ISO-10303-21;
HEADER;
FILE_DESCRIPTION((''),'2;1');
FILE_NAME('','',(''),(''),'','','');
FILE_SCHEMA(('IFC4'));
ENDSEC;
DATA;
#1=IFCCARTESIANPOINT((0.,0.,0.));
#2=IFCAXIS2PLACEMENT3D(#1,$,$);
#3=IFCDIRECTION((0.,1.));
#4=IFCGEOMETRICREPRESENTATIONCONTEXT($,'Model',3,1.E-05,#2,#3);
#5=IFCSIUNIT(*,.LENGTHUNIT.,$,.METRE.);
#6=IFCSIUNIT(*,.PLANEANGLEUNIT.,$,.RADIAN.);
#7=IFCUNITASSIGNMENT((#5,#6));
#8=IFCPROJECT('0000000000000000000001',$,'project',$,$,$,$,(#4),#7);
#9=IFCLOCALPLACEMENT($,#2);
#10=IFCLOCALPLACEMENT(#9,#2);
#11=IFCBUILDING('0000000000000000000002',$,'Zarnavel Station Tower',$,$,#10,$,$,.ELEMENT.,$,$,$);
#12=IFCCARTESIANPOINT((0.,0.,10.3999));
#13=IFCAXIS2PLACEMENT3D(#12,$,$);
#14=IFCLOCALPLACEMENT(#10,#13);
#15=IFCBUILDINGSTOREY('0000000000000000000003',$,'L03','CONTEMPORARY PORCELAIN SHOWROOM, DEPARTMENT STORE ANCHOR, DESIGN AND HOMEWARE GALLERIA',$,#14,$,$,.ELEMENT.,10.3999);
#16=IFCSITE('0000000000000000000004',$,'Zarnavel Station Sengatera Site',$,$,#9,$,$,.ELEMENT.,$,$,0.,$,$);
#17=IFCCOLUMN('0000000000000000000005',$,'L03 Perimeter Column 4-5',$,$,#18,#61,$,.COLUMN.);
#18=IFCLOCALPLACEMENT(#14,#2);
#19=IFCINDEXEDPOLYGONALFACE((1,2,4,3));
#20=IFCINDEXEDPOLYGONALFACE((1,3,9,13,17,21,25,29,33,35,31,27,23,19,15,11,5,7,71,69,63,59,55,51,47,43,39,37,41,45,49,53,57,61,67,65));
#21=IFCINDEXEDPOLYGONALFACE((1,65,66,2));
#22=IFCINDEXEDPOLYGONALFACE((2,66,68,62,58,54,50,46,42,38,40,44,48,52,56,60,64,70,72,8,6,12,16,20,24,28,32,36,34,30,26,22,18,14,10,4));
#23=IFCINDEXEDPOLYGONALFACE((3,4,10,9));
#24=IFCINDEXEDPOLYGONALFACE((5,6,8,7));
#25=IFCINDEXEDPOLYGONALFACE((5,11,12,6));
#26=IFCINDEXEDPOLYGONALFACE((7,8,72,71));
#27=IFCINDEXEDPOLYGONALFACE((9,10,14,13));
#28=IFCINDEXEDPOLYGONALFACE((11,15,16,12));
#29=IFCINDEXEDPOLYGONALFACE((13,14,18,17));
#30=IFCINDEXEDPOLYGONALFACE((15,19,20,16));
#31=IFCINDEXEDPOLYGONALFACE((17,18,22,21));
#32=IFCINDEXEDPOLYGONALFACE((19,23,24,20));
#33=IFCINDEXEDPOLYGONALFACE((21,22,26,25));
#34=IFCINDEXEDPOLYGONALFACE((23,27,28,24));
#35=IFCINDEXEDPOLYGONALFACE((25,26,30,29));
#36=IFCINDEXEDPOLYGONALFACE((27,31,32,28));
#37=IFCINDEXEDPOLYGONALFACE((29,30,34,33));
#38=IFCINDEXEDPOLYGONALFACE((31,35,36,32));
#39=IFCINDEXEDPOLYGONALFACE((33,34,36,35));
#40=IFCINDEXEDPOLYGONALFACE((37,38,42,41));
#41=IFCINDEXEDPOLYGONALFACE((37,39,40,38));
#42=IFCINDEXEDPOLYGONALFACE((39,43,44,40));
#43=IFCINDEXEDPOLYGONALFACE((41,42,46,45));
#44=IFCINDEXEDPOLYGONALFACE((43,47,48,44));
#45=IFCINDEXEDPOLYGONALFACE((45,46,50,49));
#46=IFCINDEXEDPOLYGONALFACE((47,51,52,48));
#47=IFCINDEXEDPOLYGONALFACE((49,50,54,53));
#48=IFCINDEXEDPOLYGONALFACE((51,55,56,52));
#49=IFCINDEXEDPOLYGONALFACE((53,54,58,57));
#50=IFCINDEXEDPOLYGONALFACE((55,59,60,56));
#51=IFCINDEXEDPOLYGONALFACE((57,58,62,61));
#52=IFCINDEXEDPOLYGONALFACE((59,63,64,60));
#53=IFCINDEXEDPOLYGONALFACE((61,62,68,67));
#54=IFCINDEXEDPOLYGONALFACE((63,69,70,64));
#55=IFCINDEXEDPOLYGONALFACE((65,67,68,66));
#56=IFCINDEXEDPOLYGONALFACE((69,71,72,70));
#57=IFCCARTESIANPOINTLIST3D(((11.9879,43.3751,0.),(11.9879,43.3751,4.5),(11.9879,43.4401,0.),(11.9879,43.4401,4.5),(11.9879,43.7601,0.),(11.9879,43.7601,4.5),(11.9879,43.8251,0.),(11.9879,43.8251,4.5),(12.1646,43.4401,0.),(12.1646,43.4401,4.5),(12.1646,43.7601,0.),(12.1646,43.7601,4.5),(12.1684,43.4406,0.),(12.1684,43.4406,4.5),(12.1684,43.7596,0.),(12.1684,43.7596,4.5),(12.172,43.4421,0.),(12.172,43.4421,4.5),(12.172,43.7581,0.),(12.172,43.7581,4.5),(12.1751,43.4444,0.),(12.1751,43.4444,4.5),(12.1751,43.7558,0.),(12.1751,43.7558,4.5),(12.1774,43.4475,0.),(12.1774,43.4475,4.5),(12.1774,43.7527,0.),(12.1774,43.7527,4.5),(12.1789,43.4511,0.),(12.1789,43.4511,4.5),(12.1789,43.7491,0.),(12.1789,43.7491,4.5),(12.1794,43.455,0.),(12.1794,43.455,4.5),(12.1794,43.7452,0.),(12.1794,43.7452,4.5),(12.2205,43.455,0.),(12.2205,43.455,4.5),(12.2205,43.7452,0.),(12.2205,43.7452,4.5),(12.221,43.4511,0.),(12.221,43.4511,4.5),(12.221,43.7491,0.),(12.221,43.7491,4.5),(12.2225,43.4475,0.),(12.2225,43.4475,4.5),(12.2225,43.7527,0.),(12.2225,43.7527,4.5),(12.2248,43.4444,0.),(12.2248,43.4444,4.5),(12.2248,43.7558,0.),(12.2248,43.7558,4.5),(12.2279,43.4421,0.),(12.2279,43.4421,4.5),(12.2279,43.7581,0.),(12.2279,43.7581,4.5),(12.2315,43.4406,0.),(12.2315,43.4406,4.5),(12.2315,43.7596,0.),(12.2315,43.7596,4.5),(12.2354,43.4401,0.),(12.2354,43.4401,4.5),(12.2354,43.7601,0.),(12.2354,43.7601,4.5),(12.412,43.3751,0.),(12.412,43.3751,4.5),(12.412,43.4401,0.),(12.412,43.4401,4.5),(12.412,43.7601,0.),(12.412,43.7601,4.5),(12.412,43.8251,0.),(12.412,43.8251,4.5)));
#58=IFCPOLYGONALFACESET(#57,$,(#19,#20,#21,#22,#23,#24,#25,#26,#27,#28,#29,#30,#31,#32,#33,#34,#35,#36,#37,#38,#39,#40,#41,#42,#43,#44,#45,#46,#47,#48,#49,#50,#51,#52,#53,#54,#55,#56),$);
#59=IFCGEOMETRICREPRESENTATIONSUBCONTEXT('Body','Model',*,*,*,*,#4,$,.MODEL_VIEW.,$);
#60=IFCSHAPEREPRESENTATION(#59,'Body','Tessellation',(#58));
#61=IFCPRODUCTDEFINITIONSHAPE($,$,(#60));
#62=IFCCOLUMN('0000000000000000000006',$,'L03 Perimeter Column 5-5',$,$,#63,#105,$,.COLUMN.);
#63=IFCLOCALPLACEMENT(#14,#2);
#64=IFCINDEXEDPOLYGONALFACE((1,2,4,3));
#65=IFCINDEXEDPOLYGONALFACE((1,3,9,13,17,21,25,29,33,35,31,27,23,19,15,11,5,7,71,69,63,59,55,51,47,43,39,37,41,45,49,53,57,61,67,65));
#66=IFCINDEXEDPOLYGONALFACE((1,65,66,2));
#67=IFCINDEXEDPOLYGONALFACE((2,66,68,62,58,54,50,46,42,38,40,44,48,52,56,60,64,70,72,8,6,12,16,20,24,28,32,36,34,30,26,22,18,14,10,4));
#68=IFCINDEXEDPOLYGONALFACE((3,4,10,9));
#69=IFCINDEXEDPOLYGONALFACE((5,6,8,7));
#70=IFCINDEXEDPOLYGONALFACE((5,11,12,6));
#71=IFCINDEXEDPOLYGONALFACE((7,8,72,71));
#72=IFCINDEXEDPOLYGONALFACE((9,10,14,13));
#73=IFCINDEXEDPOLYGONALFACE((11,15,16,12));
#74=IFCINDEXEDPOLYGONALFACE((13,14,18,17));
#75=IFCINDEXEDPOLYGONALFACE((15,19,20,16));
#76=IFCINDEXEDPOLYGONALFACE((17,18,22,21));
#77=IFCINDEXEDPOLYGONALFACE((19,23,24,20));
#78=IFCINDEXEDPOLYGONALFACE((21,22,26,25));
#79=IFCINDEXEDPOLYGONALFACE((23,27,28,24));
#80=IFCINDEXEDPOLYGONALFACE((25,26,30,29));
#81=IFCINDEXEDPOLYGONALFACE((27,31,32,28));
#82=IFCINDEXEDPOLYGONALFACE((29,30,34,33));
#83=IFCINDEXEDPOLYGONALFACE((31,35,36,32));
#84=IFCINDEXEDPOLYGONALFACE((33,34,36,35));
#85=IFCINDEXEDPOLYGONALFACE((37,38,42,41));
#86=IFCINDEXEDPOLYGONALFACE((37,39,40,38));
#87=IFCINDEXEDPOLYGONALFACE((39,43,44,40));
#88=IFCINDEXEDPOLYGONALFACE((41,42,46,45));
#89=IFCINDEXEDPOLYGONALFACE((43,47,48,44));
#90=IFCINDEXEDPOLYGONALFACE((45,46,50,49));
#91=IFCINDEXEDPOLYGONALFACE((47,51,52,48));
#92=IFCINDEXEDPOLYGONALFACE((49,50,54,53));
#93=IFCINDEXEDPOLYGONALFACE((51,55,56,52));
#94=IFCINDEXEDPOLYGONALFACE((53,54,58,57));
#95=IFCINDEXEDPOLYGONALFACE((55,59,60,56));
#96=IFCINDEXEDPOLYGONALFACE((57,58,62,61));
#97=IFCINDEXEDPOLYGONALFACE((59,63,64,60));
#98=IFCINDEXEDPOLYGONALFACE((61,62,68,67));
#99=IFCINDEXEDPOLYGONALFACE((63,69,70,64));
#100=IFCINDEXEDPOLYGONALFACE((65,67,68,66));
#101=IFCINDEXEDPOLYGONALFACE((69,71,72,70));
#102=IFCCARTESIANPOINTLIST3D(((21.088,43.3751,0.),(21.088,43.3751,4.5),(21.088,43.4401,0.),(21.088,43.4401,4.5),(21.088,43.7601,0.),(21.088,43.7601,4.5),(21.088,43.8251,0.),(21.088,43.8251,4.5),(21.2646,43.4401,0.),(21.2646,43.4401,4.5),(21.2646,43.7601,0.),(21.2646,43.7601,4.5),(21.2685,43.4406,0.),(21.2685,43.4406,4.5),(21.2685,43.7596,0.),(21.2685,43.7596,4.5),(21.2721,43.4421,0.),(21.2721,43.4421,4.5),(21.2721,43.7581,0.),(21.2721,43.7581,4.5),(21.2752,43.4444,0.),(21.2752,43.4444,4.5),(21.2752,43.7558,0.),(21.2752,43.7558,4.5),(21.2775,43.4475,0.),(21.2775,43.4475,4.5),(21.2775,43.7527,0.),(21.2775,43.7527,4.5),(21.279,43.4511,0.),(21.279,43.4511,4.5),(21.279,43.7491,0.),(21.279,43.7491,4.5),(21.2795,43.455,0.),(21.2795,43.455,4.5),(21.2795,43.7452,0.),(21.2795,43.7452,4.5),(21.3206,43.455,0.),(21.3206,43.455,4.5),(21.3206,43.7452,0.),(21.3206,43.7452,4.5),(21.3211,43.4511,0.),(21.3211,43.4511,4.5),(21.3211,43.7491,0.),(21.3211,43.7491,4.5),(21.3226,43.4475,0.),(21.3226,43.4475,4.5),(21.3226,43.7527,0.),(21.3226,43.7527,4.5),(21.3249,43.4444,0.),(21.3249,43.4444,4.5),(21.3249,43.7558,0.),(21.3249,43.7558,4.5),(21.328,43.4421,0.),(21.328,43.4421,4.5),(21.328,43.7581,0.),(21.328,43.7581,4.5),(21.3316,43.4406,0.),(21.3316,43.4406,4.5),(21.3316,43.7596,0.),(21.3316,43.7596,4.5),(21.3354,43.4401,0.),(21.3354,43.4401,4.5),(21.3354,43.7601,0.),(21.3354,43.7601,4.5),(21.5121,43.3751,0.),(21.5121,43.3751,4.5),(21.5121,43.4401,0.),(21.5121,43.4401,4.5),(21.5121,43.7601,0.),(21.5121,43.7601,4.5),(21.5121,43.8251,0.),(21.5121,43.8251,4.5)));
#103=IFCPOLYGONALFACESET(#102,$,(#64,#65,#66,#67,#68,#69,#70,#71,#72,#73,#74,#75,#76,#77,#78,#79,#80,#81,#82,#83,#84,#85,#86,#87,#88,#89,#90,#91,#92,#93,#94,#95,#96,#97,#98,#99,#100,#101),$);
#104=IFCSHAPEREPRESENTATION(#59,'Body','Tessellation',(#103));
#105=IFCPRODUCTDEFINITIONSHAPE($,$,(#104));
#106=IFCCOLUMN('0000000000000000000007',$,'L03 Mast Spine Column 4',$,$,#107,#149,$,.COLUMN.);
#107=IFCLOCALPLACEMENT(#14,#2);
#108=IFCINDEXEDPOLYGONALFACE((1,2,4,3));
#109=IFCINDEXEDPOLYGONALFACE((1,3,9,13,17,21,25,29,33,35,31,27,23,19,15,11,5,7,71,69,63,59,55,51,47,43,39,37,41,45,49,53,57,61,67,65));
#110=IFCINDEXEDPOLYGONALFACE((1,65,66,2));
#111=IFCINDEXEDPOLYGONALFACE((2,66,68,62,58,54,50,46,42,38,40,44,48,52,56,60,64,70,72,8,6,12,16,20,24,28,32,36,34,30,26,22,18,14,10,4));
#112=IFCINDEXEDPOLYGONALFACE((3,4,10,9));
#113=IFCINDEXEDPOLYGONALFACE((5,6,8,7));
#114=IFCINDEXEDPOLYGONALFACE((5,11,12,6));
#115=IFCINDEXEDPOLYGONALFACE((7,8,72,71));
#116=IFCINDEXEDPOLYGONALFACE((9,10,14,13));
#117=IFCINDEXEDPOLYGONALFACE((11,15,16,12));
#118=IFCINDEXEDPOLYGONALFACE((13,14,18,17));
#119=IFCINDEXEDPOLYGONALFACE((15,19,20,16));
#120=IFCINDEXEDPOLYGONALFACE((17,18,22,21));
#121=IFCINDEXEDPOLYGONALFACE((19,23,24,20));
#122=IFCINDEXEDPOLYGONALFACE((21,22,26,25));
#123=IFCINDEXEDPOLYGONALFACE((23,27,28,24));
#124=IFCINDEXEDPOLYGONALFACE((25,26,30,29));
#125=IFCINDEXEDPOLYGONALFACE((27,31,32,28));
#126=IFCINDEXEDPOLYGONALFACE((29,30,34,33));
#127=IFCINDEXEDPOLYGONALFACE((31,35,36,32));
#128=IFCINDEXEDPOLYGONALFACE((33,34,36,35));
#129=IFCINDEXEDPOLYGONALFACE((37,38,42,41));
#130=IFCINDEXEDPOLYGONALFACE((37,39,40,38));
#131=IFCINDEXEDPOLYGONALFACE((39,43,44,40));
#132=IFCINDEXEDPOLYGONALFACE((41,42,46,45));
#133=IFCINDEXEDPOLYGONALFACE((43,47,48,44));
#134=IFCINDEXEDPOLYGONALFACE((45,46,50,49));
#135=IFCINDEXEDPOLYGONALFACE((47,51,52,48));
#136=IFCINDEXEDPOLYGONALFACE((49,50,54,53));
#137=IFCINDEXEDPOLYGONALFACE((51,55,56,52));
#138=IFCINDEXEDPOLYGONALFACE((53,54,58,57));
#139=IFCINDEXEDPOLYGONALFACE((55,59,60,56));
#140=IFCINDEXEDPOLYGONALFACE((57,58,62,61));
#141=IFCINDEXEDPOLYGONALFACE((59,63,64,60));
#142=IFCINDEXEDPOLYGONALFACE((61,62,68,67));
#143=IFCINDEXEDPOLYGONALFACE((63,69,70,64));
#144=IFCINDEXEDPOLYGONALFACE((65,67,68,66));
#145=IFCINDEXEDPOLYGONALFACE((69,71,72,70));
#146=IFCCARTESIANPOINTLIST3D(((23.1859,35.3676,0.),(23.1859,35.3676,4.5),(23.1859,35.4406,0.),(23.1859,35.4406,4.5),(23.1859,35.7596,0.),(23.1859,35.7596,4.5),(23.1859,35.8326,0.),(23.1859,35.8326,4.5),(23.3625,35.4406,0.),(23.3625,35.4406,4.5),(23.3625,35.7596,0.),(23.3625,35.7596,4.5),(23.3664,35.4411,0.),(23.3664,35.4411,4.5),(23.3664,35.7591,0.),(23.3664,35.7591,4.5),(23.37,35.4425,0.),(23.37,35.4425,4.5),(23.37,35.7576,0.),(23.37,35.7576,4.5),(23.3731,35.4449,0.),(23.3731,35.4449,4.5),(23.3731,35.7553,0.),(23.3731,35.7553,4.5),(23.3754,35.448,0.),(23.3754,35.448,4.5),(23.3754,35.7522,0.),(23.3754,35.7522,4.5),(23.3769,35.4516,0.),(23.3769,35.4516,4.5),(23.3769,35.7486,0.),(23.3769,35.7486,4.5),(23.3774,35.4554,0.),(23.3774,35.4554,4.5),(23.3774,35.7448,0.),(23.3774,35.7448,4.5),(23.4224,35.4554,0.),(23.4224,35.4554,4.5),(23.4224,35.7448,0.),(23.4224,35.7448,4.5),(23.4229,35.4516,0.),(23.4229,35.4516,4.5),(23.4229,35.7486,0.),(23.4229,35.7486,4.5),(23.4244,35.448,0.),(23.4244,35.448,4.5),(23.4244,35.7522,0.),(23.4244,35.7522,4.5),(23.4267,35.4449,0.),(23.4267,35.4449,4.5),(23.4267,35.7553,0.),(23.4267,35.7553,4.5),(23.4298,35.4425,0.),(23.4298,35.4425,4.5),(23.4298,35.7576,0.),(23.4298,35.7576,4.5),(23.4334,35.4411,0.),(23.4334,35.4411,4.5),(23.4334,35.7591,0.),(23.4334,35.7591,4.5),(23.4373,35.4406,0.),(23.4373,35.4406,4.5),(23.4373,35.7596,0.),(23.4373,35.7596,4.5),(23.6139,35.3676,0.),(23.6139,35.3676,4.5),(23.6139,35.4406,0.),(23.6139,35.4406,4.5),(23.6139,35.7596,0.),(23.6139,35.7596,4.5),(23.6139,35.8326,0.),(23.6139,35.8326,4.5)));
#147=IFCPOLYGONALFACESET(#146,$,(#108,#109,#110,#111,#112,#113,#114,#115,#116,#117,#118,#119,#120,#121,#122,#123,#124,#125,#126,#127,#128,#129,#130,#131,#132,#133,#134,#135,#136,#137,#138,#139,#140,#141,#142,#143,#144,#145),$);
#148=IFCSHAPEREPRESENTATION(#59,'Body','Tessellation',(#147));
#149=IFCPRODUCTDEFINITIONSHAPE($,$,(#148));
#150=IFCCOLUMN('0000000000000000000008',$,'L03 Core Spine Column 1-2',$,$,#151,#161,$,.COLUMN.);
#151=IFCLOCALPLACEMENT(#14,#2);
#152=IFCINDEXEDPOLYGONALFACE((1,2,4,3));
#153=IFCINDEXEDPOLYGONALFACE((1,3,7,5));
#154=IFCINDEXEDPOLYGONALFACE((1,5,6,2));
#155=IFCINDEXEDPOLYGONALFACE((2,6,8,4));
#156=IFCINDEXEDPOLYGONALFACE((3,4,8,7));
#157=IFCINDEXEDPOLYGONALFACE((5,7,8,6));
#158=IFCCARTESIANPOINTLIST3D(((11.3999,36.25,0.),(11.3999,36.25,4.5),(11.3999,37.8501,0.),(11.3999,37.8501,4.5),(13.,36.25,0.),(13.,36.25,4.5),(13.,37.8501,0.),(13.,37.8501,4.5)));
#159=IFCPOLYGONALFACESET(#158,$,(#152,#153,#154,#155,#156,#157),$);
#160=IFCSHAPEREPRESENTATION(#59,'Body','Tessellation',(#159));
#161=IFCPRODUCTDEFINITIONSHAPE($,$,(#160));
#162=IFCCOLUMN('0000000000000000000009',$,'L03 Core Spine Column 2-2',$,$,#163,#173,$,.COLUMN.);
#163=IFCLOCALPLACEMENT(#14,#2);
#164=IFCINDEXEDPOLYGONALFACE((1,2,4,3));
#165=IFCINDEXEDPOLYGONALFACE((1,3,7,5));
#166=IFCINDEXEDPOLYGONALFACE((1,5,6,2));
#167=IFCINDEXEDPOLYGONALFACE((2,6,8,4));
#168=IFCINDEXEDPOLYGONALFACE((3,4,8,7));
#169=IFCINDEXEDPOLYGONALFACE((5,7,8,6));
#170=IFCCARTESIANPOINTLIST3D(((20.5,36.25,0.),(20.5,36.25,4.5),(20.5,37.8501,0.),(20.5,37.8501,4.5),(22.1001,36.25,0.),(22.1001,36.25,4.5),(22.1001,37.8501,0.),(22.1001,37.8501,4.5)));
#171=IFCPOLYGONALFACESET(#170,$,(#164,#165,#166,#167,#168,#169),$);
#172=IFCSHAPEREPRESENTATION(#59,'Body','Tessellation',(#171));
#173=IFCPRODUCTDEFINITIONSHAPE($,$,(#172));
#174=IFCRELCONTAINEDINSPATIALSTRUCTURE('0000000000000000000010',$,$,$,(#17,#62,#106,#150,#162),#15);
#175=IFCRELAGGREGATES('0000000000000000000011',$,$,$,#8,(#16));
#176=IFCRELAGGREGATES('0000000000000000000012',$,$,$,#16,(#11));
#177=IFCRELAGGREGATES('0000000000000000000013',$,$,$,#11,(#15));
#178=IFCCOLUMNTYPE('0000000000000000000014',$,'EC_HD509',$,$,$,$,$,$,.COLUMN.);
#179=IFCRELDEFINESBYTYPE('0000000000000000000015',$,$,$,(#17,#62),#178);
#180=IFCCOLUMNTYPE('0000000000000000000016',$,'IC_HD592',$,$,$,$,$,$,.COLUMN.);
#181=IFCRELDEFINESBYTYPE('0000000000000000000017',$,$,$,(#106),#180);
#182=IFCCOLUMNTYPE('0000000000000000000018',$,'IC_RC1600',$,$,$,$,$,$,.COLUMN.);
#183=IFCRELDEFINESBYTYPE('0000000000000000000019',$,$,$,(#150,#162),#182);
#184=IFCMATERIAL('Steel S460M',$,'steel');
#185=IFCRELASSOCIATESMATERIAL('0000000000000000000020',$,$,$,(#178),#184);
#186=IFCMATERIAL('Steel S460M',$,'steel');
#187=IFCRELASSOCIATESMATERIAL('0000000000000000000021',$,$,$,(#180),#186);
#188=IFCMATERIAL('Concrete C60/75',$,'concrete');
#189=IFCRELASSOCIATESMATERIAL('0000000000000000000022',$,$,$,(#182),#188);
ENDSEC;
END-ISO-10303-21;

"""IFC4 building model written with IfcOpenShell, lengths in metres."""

from ifc_helpers import new_model, si_unit, direction, frame, origin, origin_2d, place, context, subcontext, project, spatial, rectangle, i_section, extrude, material, material_profile, profile_set, type_object, element, save


model = new_model("IFC4")

# Units and contexts
model_context = context("Model", 3, precision=1e-05, world=origin(), true_north=direction((0.0, 1.0)))
body_context = subcontext(model_context, "Body", "Model", "MODEL_VIEW")
ifc_project = project(units=[si_unit("LENGTHUNIT", "METRE"), si_unit("PLANEANGLEUNIT", "RADIAN")], contexts=[model_context])

# Site, building, storey
site_placement = place(None, origin())
site = spatial("IfcSite", under=ifc_project, at=site_placement, Name="Zarnavel Station Sengatera Site", CompositionType="ELEMENT", RefElevation=0.0)
building_placement = place(site_placement, origin())
building = spatial("IfcBuilding", under=site, at=building_placement, Name="Zarnavel Station Tower", CompositionType="ELEMENT")
storey_placement = place(building_placement, frame((0.0, 0.0, 10.3999)))
storey = spatial("IfcBuildingStorey", under=building, at=storey_placement, Name="L03", Description="CONTEMPORARY PORCELAIN SHOWROOM, DEPARTMENT STORE ANCHOR, DESIGN AND HOMEWARE GALLERIA", CompositionType="ELEMENT", Elevation=10.3999)

# Columns
ifc_material_1 = material(Name="Steel S460M", Category="steel")
ifc_material_profile_1 = material_profile(ifc_material_1, i_section(OverallWidth=0.4241, OverallDepth=0.45, WebThickness=0.041, FlangeThickness=0.0649, FilletRadius=0.0149, at=origin_2d()), Name="HD400x509")
ifc_profile_set_1 = profile_set([ifc_material_profile_1], Name="Steel S460M")
column_type_1 = type_object("IfcColumnType", Name="EC_HD509", PredefinedType="COLUMN", material=ifc_profile_set_1)
for number, where, z_axis, x_axis, name in (
    (1, (12.2, 43.6001, 0.0), (0.0, 0.0, 1.0), (1.0, 0.0, 0.0), "L03 Perimeter Column 4-5"),
    (2, (21.3, 43.6001, 0.0), (0.0, 0.0, 1.0), (1.0, 0.0, 0.0), "L03 Perimeter Column 5-5"),
):
    element("IfcColumn", number, at=place(storey_placement, frame(where, z_axis=z_axis, x_axis=x_axis)), inside=storey, type_object=column_type_1, Name=name, PredefinedType="COLUMN", context=body_context, shape_type="SweptSolid", body=[
        extrude(i_section(OverallWidth=0.4241, OverallDepth=0.45, WebThickness=0.041, FlangeThickness=0.0649, FilletRadius=0.0149, at=origin_2d()), origin(), (0.0, 0.0, 1.0), 4.5),
    ])
ifc_material_2 = material(Name="Steel S460M", Category="steel")
ifc_material_profile_2 = material_profile(ifc_material_2, i_section(OverallWidth=0.428, OverallDepth=0.4651, WebThickness=0.0449, FlangeThickness=0.073, FilletRadius=0.0149, at=origin_2d()), Name="HD400x592")
ifc_profile_set_2 = profile_set([ifc_material_profile_2], Name="Steel S460M")
column_type_2 = type_object("IfcColumnType", Name="IC_HD592", PredefinedType="COLUMN", material=ifc_profile_set_2)
column_placement = place(storey_placement, frame((23.3999, 35.6001, 0.0), z_axis=(0.0, 0.0, 1.0), x_axis=(1.0, 0.0, 0.0)))
element("IfcColumn", 3, at=column_placement, inside=storey, type_object=column_type_2, Name="L03 Mast Spine Column 4", PredefinedType="COLUMN", context=body_context, shape_type="SweptSolid", body=[
    extrude(i_section(OverallWidth=0.428, OverallDepth=0.4651, WebThickness=0.0449, FlangeThickness=0.073, FilletRadius=0.0149, at=origin_2d()), origin(), (0.0, 0.0, 1.0), 4.5),
])
ifc_material_3 = material(Name="Concrete C60/75", Category="concrete")
ifc_material_profile_3 = material_profile(ifc_material_3, rectangle(XDim=1.6001, YDim=1.6001, at=origin_2d()), Name="RC1600x1600")
ifc_profile_set_3 = profile_set([ifc_material_profile_3], Name="Concrete C60/75")
column_type_3 = type_object("IfcColumnType", Name="IC_RC1600", PredefinedType="COLUMN", material=ifc_profile_set_3)
for number, where, z_axis, x_axis, name in (
    (4, (12.2, 37.05, 0.0), (0.0, 0.0, 1.0), (1.0, 0.0, 0.0), "L03 Core Spine Column 1-2"),
    (5, (21.3, 37.05, 0.0), (0.0, 0.0, 1.0), (1.0, 0.0, 0.0), "L03 Core Spine Column 2-2"),
):
    element("IfcColumn", number, at=place(storey_placement, frame(where, z_axis=z_axis, x_axis=x_axis)), inside=storey, type_object=column_type_3, Name=name, PredefinedType="COLUMN", context=body_context, shape_type="SweptSolid", body=[
        extrude(rectangle(XDim=1.6001, YDim=1.6001, at=origin_2d()), origin(), (0.0, 0.0, 1.0), 4.5),
    ])

save(model, "model.ifc")
